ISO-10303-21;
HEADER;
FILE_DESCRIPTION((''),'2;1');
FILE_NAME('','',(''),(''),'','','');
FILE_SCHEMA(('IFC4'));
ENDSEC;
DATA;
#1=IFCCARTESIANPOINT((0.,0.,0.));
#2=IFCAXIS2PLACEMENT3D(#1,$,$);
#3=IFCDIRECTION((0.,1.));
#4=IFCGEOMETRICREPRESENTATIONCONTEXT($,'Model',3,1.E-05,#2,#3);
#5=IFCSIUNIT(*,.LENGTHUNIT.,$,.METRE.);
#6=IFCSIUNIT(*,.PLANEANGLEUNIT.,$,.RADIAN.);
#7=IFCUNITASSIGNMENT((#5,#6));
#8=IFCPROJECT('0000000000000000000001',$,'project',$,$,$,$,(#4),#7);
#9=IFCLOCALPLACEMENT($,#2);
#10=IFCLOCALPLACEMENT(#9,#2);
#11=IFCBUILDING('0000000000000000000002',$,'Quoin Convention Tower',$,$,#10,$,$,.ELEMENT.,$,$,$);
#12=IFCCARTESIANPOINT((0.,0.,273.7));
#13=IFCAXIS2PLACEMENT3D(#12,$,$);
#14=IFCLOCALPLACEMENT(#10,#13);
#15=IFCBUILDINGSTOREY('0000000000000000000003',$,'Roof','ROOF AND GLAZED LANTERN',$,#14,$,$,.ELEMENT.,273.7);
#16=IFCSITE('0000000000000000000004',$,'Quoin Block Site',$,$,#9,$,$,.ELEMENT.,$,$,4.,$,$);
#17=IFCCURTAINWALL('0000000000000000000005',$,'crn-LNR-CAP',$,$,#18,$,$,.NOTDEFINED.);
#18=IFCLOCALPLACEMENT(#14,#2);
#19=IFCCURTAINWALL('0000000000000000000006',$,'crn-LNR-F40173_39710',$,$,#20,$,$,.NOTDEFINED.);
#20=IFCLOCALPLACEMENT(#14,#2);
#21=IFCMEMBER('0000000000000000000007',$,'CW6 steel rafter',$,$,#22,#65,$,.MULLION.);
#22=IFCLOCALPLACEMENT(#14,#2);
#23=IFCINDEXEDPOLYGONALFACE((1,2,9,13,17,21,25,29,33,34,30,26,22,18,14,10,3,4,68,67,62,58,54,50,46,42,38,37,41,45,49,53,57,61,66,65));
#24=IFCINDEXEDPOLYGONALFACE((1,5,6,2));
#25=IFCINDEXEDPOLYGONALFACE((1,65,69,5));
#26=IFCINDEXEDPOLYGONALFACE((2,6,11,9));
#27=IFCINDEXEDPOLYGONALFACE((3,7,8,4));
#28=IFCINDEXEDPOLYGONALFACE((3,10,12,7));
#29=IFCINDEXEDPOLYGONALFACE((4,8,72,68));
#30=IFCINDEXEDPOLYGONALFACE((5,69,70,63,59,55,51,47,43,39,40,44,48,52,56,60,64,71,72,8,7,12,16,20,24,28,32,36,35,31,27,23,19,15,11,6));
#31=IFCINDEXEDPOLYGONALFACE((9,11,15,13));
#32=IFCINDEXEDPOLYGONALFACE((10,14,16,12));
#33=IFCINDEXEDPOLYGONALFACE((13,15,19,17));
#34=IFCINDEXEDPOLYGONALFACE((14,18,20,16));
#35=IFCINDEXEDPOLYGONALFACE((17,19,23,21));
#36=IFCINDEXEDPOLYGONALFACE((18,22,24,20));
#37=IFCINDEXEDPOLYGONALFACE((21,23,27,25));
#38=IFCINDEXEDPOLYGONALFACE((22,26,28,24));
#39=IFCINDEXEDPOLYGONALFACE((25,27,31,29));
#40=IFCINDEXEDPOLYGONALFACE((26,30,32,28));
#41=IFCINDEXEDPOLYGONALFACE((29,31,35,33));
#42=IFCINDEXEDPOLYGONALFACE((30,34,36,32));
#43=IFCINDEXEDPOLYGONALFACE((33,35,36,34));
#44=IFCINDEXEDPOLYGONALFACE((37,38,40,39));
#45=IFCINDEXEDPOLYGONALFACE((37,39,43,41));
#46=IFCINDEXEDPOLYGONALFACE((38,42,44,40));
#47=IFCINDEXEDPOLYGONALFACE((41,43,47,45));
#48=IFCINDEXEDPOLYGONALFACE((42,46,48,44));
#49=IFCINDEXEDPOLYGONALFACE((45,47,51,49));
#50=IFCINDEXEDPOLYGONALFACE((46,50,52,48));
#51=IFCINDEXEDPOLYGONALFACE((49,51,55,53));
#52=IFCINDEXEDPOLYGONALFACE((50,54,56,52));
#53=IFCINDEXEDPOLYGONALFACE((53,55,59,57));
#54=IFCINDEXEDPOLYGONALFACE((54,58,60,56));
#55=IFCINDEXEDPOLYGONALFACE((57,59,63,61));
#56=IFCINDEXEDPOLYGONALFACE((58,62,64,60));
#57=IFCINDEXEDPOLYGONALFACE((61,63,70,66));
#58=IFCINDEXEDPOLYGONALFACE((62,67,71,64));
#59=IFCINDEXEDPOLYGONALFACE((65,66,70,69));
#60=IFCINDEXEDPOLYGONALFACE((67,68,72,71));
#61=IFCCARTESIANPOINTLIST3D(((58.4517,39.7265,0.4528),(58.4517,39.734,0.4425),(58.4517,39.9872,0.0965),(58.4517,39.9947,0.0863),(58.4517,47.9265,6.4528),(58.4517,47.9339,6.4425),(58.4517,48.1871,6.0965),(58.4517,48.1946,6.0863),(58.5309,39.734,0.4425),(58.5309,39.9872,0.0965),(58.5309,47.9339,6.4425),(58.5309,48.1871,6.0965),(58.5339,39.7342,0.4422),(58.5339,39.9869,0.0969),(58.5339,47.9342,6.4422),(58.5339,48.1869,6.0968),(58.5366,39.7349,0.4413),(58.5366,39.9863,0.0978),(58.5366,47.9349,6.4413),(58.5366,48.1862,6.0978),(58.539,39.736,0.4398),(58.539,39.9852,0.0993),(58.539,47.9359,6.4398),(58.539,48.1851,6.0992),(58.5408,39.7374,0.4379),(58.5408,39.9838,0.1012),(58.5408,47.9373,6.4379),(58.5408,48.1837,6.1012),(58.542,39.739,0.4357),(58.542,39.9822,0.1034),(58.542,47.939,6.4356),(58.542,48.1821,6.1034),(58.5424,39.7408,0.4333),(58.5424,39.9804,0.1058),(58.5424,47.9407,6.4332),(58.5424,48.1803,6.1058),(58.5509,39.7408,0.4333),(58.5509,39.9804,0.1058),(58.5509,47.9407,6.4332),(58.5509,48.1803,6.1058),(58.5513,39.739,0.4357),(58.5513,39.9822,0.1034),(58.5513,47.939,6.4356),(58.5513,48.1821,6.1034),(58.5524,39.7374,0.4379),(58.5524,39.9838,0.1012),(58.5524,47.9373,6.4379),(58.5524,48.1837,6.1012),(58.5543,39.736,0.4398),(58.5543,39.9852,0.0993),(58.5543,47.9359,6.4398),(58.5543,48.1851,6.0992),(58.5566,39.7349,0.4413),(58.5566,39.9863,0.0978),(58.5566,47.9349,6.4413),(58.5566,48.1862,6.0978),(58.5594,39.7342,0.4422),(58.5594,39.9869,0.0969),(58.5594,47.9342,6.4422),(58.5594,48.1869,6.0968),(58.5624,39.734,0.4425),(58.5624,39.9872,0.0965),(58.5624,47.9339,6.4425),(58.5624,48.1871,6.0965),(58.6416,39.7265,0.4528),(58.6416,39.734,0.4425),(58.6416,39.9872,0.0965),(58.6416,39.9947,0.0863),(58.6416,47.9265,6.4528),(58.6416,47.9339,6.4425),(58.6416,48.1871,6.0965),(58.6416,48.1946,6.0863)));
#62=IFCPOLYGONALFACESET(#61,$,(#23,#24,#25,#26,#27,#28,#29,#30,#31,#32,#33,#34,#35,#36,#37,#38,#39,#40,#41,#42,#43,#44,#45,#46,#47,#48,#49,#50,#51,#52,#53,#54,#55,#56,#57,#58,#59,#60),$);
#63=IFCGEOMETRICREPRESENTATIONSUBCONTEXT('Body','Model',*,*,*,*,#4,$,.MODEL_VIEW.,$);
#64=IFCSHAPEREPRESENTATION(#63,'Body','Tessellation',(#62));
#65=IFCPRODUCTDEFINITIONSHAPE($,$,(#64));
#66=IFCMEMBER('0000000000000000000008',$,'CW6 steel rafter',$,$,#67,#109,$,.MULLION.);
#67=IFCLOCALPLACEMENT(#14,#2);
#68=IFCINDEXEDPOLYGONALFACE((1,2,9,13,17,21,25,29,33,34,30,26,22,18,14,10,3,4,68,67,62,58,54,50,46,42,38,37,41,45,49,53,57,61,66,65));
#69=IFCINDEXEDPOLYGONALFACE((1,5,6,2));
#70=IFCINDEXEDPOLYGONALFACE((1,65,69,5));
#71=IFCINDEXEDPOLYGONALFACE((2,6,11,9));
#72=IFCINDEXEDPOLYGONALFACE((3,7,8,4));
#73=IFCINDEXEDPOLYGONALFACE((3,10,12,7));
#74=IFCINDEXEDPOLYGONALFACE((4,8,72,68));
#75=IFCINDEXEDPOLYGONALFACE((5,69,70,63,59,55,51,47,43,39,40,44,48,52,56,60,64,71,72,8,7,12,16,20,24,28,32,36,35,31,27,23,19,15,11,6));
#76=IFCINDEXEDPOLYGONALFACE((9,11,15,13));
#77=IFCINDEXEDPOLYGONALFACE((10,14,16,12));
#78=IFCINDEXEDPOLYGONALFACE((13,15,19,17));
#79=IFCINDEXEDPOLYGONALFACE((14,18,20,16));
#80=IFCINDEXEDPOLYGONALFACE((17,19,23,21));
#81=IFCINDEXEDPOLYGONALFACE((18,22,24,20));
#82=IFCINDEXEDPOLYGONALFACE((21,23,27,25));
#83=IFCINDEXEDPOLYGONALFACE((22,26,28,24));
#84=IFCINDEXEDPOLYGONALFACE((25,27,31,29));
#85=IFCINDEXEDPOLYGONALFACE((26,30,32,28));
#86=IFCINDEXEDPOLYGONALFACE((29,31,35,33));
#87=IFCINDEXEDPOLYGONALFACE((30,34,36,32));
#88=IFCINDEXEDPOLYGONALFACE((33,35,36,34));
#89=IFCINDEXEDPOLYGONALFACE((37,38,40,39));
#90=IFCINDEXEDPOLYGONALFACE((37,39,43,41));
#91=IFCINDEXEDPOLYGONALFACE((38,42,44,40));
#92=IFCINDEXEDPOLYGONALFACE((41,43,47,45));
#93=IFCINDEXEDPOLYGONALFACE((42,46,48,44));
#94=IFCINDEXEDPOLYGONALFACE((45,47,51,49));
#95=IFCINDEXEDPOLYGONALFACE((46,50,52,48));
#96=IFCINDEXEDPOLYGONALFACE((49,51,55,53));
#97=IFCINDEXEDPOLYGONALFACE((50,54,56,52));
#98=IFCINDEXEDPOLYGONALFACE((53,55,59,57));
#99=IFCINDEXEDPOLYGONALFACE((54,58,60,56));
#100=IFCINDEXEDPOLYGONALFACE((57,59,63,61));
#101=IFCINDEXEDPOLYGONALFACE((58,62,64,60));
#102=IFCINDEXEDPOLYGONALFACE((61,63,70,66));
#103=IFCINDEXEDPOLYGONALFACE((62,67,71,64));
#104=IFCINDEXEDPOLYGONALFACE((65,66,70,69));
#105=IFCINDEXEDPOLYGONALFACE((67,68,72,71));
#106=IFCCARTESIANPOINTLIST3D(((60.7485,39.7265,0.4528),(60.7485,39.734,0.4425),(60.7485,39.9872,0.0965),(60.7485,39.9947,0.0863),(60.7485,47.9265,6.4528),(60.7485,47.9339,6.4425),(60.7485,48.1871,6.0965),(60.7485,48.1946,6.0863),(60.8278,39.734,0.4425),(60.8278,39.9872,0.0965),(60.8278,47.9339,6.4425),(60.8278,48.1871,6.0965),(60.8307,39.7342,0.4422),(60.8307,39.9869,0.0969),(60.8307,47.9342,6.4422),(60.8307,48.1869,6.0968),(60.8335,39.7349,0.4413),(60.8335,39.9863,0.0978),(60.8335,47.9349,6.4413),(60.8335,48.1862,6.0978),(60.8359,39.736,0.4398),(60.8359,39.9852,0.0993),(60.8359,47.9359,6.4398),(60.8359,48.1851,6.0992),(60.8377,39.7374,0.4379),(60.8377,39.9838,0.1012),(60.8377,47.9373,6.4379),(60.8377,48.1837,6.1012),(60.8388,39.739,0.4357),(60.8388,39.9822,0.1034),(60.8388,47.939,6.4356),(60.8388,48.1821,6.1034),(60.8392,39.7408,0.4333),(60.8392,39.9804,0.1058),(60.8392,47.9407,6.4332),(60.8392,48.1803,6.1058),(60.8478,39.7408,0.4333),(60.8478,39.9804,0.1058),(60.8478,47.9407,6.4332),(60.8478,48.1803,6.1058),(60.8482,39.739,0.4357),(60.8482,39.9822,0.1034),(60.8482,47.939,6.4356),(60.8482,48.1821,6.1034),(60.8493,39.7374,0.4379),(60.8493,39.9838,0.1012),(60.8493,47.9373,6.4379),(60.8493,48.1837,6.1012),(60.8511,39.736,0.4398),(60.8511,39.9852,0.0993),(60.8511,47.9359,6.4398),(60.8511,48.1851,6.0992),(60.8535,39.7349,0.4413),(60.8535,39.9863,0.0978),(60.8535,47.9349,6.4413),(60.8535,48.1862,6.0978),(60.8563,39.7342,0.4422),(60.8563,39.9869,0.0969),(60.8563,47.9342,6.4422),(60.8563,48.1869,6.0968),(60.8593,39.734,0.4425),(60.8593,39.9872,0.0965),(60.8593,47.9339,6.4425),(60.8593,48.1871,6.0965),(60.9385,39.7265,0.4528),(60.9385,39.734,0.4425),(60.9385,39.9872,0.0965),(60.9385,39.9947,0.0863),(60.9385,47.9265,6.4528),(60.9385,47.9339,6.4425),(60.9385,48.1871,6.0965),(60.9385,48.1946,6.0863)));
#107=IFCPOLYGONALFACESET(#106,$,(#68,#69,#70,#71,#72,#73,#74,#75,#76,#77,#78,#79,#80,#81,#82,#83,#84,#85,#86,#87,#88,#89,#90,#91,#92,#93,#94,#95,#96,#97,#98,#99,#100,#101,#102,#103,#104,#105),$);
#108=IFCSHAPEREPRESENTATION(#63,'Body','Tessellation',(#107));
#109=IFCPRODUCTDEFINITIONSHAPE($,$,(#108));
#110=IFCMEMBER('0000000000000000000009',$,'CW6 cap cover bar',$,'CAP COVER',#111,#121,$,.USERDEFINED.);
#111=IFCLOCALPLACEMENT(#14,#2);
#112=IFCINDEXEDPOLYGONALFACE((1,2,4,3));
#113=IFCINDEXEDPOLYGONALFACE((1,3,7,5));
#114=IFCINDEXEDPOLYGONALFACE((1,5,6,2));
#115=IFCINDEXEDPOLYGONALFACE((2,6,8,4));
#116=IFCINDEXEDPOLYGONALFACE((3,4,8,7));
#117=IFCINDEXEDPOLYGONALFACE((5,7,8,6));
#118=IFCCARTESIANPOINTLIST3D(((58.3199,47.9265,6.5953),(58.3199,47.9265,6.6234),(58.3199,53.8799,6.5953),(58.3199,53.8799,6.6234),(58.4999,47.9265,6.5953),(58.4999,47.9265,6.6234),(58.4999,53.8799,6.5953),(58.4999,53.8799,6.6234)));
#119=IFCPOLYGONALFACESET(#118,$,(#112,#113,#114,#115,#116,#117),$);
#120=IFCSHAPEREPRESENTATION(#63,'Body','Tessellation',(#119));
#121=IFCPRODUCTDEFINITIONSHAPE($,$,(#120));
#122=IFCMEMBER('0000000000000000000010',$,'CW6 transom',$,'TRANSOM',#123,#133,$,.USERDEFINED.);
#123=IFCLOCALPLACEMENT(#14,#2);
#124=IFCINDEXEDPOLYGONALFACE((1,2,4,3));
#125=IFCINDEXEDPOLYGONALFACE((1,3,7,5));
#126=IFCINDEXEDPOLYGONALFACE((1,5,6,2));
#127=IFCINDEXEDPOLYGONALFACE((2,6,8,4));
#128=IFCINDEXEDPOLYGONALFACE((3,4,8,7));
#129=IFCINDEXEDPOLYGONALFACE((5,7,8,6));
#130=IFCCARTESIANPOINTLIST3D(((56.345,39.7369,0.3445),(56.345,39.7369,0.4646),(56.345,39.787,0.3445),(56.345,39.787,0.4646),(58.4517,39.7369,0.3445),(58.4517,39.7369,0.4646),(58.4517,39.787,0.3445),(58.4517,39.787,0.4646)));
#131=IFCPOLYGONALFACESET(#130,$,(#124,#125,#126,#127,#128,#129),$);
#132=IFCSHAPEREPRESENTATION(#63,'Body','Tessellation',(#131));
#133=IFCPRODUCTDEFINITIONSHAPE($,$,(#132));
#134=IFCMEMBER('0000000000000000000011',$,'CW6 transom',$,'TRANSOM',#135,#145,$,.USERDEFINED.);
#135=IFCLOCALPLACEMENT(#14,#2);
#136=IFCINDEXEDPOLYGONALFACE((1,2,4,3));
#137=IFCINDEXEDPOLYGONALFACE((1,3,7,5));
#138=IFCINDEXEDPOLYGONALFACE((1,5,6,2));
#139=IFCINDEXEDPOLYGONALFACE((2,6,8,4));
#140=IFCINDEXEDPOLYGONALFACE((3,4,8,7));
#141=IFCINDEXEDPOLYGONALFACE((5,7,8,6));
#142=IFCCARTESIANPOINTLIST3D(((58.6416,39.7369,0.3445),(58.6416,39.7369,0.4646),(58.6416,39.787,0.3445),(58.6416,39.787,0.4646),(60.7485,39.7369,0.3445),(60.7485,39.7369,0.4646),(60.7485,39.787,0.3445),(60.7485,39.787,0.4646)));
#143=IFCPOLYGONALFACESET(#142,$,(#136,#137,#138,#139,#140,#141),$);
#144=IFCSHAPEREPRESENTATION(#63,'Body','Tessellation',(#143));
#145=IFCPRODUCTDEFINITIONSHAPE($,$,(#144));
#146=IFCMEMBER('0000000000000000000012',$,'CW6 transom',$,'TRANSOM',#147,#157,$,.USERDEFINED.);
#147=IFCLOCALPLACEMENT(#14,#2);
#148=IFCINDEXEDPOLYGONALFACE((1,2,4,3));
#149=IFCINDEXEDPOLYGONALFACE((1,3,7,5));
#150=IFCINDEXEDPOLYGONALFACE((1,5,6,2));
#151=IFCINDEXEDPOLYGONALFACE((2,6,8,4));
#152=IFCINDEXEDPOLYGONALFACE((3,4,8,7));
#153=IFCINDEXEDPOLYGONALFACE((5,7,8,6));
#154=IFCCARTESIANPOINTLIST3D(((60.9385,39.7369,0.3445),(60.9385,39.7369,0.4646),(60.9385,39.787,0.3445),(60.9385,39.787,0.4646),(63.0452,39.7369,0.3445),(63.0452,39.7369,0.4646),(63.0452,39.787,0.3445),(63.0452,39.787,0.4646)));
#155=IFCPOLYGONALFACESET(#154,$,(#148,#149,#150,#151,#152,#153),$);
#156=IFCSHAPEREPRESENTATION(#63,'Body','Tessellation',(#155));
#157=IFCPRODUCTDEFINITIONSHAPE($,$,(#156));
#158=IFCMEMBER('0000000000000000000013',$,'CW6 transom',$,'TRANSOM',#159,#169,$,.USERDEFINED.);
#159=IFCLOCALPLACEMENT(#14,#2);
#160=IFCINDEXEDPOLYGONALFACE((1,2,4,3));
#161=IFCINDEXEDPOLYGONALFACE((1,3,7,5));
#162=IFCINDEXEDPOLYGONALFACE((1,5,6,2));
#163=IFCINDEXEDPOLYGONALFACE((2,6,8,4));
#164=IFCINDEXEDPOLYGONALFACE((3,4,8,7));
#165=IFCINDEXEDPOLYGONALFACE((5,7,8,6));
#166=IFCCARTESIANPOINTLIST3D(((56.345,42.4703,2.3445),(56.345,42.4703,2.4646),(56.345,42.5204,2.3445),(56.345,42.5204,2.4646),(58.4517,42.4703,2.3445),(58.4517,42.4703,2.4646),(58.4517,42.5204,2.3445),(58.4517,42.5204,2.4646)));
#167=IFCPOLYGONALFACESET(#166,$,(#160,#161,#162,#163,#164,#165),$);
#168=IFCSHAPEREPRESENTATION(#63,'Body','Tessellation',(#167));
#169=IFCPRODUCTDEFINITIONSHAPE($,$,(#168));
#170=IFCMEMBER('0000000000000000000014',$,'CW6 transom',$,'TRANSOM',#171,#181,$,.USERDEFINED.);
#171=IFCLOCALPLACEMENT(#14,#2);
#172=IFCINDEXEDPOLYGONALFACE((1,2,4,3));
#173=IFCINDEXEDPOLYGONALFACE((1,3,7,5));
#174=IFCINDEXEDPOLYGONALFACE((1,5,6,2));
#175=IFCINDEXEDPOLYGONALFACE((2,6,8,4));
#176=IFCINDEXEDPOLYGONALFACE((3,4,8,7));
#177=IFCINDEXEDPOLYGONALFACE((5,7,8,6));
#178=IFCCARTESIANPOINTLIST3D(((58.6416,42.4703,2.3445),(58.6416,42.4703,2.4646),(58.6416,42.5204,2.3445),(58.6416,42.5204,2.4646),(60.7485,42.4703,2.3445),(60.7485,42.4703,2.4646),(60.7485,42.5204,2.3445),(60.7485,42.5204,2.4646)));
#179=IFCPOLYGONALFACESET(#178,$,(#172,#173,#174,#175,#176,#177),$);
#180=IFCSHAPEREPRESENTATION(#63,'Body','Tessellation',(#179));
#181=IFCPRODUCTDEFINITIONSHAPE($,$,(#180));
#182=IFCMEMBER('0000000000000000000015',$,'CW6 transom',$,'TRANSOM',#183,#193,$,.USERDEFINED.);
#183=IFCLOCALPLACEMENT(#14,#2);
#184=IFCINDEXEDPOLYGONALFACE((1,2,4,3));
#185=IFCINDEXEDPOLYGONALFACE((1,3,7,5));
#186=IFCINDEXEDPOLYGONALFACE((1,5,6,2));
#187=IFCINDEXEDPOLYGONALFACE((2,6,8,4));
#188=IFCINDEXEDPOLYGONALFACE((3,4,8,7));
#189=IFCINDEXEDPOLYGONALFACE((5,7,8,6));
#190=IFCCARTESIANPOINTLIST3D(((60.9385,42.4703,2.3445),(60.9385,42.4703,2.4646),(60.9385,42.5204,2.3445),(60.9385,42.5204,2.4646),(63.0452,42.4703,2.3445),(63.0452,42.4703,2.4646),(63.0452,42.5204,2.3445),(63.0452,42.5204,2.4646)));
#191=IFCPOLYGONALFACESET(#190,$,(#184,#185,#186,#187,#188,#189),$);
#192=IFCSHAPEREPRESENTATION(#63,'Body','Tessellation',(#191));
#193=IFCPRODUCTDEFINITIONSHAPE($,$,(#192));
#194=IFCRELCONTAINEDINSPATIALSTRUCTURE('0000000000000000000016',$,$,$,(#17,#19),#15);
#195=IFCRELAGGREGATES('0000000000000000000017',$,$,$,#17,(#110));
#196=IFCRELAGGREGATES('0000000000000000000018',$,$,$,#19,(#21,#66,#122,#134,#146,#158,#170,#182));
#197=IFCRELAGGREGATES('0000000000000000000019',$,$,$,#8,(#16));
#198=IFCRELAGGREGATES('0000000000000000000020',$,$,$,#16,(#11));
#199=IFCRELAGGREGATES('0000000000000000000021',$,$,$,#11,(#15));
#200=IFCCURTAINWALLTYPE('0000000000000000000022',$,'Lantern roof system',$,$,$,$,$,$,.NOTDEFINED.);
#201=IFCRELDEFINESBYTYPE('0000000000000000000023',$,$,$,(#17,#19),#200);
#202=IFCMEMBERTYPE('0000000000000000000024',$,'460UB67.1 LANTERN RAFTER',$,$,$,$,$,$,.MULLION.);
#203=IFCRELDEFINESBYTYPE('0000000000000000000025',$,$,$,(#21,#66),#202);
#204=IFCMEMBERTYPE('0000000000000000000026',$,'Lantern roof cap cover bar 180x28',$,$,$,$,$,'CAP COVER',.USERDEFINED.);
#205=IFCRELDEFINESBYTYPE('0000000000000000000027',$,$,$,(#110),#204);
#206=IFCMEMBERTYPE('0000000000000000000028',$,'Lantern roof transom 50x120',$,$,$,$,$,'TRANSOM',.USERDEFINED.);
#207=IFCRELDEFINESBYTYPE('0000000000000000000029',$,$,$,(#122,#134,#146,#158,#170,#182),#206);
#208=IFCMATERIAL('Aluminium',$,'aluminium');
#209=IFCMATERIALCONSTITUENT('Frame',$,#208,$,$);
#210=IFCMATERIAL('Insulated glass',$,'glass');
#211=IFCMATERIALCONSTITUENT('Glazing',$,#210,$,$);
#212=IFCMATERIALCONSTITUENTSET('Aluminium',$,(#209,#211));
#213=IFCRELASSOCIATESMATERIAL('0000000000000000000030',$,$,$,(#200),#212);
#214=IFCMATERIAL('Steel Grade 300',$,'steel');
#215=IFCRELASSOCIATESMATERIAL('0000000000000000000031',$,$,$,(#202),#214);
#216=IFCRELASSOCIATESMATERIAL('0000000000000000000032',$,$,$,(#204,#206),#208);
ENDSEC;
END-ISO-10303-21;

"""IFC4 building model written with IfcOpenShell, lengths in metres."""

from ifc_helpers import new_model, si_unit, direction, frame, origin, origin_2d, place, context, subcontext, project, spatial, rectangle, i_section, extrude, material, constituent, constituent_set, material_profile, profile_set, type_object, element, aggregate, save


model = new_model("IFC4")

# Units and contexts
model_context = context("Model", 3, precision=1e-05, world=origin(), true_north=direction((0.0, 1.0)))
body_context = subcontext(model_context, "Body", "Model", "MODEL_VIEW")
ifc_project = project(units=[si_unit("LENGTHUNIT", "METRE"), si_unit("PLANEANGLEUNIT", "RADIAN")], contexts=[model_context])

# Site, building, storey
site_placement = place(None, origin())
site = spatial("IfcSite", under=ifc_project, at=site_placement, Name="Quoin Block Site", CompositionType="ELEMENT", RefElevation=4.0)
building_placement = place(site_placement, origin())
building = spatial("IfcBuilding", under=site, at=building_placement, Name="Quoin Convention Tower", CompositionType="ELEMENT")
storey_placement = place(building_placement, frame((0.0, 0.0, 273.7)))
storey = spatial("IfcBuildingStorey", under=building, at=storey_placement, Name="Roof", Description="ROOF AND GLAZED LANTERN", CompositionType="ELEMENT", Elevation=273.7)

# Curtain wall
ifc_material_1 = material(Name="Aluminium", Category="aluminium")
ifc_constituent_1 = constituent(ifc_material_1, Name="Frame")
ifc_material_2 = material(Name="Insulated glass", Category="glass")
ifc_constituent_2 = constituent(ifc_material_2, Name="Glazing")
ifc_constituent_set = constituent_set(constituents=[ifc_constituent_1, ifc_constituent_2], Name="Aluminium")
curtain_wall_type = type_object("IfcCurtainWallType", Name="Lantern roof system", PredefinedType="NOTDEFINED", material=ifc_constituent_set)
curtain_wall_1_placement = place(storey_placement, origin())
curtain_wall_1 = element("IfcCurtainWall", 1, at=curtain_wall_1_placement, inside=storey, type_object=curtain_wall_type, Name="crn-LNR-CAP", PredefinedType="NOTDEFINED")

# Shared definitions
ifc_material_3 = material(Name="Steel Grade 300", Category="steel")

# Curtain wall, members
curtain_wall_2_placement = place(storey_placement, origin())
curtain_wall_2 = element("IfcCurtainWall", 2, at=curtain_wall_2_placement, inside=storey, type_object=curtain_wall_type, Name="crn-LNR-F40173_39710", PredefinedType="NOTDEFINED")
ifc_material_profile_1 = material_profile(ifc_material_3, i_section(OverallWidth=0.1899, OverallDepth=0.4541, WebThickness=0.0085, FlangeThickness=0.0127, FilletRadius=0.0115, at=origin_2d()), Name="460UB67.1")
ifc_profile_set_1 = profile_set([ifc_material_profile_1], Name="Steel Grade 300")
member_type_1 = type_object("IfcMemberType", Name="460UB67.1 LANTERN RAFTER", PredefinedType="MULLION", material=ifc_profile_set_1)
member_1_placement = place(storey_placement, frame((58.5466, 39.8606, 0.2695), z_axis=(0.0, 0.807029, 0.590512), x_axis=(-1.0, 0.0, 0.0)))
member_1 = element("IfcMember", 3, at=member_1_placement, type_object=member_type_1, Name="CW6 steel rafter", PredefinedType="MULLION", context=body_context, shape_type="SweptSolid", body=[
    extrude(i_section(OverallWidth=0.1899, OverallDepth=0.4541, WebThickness=0.0085, FlangeThickness=0.0127, FilletRadius=0.0115, at=origin_2d()), origin(), (0.0, 0.0, 1.0), 10.1606),
])
member_2_placement = place(storey_placement, frame((60.8435, 39.8606, 0.2695), z_axis=(0.0, 0.807029, 0.590512), x_axis=(-1.0, 0.0, 0.0)))
member_2 = element("IfcMember", 4, at=member_2_placement, type_object=member_type_1, Name="CW6 steel rafter", PredefinedType="MULLION", context=body_context, shape_type="SweptSolid", body=[
    extrude(i_section(OverallWidth=0.1899, OverallDepth=0.4541, WebThickness=0.0085, FlangeThickness=0.0127, FilletRadius=0.0115, at=origin_2d()), origin(), (0.0, 0.0, 1.0), 10.1606),
])

# Members
ifc_material_profile_2 = material_profile(ifc_material_1, rectangle(XDim=0.0281, YDim=0.1799, at=origin_2d()), Name="Lantern roof cap cover bar 180x28")
ifc_profile_set_2 = profile_set([ifc_material_profile_2], Name="Aluminium")
member_type_2 = type_object("IfcMemberType", Name="Lantern roof cap cover bar 180x28", ElementType="CAP COVER", PredefinedType="USERDEFINED", material=ifc_profile_set_2)
member_3_placement = place(storey_placement, frame((58.4099, 47.9265, 6.6094), z_axis=(0.0, 1.0, 0.0), x_axis=(0.0, 0.0, 1.0)))
member_3 = element("IfcMember", 5, at=member_3_placement, type_object=member_type_2, Name="CW6 cap cover bar", ObjectType="CAP COVER", PredefinedType="USERDEFINED", context=body_context, shape_type="SweptSolid", body=[
    extrude(rectangle(XDim=0.0281, YDim=0.1799, at=origin_2d()), origin(), (0.0, 0.0, 1.0), 5.9534),
])
aggregate(curtain_wall_1, [member_3])
ifc_material_profile_3 = material_profile(ifc_material_1, rectangle(XDim=0.1201, YDim=0.05, at=origin_2d()), Name="Lantern roof transom 50x120")
ifc_profile_set_3 = profile_set([ifc_material_profile_3], Name="Aluminium")
member_type_3 = type_object("IfcMemberType", Name="Lantern roof transom 50x120", ElementType="TRANSOM", PredefinedType="USERDEFINED", material=ifc_profile_set_3)
member_4_placement = place(storey_placement, frame((56.345, 39.762, 0.4045), z_axis=(1.0, 0.0, 0.0), x_axis=(0.0, 0.0, 1.0)))
member_4 = element("IfcMember", 6, at=member_4_placement, type_object=member_type_3, Name="CW6 transom", ObjectType="TRANSOM", PredefinedType="USERDEFINED", context=body_context, shape_type="SweptSolid", body=[
    extrude(rectangle(XDim=0.1201, YDim=0.05, at=origin_2d()), origin(), (0.0, 0.0, 1.0), 2.1067),
])
member_5_placement = place(storey_placement, frame((58.6416, 39.762, 0.4045), z_axis=(1.0, 0.0, 0.0), x_axis=(0.0, 0.0, 1.0)))
member_5 = element("IfcMember", 7, at=member_5_placement, type_object=member_type_3, Name="CW6 transom", ObjectType="TRANSOM", PredefinedType="USERDEFINED", context=body_context, shape_type="SweptSolid", body=[
    extrude(rectangle(XDim=0.1201, YDim=0.05, at=origin_2d()), origin(), (0.0, 0.0, 1.0), 2.1069),
])
member_6_placement = place(storey_placement, frame((60.9385, 39.762, 0.4045), z_axis=(1.0, 0.0, 0.0), x_axis=(0.0, 0.0, 1.0)))
member_6 = element("IfcMember", 8, at=member_6_placement, type_object=member_type_3, Name="CW6 transom", ObjectType="TRANSOM", PredefinedType="USERDEFINED", context=body_context, shape_type="SweptSolid", body=[
    extrude(rectangle(XDim=0.1201, YDim=0.05, at=origin_2d()), origin(), (0.0, 0.0, 1.0), 2.1067),
])
member_7_placement = place(storey_placement, frame((56.345, 42.4954, 2.4045), z_axis=(1.0, 0.0, 0.0), x_axis=(0.0, 0.0, 1.0)))
member_7 = element("IfcMember", 9, at=member_7_placement, type_object=member_type_3, Name="CW6 transom", ObjectType="TRANSOM", PredefinedType="USERDEFINED", context=body_context, shape_type="SweptSolid", body=[
    extrude(rectangle(XDim=0.1201, YDim=0.05, at=origin_2d()), origin(), (0.0, 0.0, 1.0), 2.1067),
])
member_8_placement = place(storey_placement, frame((58.6416, 42.4954, 2.4045), z_axis=(1.0, 0.0, 0.0), x_axis=(0.0, 0.0, 1.0)))
member_8 = element("IfcMember", 10, at=member_8_placement, type_object=member_type_3, Name="CW6 transom", ObjectType="TRANSOM", PredefinedType="USERDEFINED", context=body_context, shape_type="SweptSolid", body=[
    extrude(rectangle(XDim=0.1201, YDim=0.05, at=origin_2d()), origin(), (0.0, 0.0, 1.0), 2.1069),
])
member_9_placement = place(storey_placement, frame((60.9385, 42.4954, 2.4045), z_axis=(1.0, 0.0, 0.0), x_axis=(0.0, 0.0, 1.0)))
member_9 = element("IfcMember", 11, at=member_9_placement, type_object=member_type_3, Name="CW6 transom", ObjectType="TRANSOM", PredefinedType="USERDEFINED", context=body_context, shape_type="SweptSolid", body=[
    extrude(rectangle(XDim=0.1201, YDim=0.05, at=origin_2d()), origin(), (0.0, 0.0, 1.0), 2.1067),
])

aggregate(curtain_wall_2, [member_1, member_2, member_4, member_5, member_6, member_7, member_8, member_9])

save(model, "model.ifc")
